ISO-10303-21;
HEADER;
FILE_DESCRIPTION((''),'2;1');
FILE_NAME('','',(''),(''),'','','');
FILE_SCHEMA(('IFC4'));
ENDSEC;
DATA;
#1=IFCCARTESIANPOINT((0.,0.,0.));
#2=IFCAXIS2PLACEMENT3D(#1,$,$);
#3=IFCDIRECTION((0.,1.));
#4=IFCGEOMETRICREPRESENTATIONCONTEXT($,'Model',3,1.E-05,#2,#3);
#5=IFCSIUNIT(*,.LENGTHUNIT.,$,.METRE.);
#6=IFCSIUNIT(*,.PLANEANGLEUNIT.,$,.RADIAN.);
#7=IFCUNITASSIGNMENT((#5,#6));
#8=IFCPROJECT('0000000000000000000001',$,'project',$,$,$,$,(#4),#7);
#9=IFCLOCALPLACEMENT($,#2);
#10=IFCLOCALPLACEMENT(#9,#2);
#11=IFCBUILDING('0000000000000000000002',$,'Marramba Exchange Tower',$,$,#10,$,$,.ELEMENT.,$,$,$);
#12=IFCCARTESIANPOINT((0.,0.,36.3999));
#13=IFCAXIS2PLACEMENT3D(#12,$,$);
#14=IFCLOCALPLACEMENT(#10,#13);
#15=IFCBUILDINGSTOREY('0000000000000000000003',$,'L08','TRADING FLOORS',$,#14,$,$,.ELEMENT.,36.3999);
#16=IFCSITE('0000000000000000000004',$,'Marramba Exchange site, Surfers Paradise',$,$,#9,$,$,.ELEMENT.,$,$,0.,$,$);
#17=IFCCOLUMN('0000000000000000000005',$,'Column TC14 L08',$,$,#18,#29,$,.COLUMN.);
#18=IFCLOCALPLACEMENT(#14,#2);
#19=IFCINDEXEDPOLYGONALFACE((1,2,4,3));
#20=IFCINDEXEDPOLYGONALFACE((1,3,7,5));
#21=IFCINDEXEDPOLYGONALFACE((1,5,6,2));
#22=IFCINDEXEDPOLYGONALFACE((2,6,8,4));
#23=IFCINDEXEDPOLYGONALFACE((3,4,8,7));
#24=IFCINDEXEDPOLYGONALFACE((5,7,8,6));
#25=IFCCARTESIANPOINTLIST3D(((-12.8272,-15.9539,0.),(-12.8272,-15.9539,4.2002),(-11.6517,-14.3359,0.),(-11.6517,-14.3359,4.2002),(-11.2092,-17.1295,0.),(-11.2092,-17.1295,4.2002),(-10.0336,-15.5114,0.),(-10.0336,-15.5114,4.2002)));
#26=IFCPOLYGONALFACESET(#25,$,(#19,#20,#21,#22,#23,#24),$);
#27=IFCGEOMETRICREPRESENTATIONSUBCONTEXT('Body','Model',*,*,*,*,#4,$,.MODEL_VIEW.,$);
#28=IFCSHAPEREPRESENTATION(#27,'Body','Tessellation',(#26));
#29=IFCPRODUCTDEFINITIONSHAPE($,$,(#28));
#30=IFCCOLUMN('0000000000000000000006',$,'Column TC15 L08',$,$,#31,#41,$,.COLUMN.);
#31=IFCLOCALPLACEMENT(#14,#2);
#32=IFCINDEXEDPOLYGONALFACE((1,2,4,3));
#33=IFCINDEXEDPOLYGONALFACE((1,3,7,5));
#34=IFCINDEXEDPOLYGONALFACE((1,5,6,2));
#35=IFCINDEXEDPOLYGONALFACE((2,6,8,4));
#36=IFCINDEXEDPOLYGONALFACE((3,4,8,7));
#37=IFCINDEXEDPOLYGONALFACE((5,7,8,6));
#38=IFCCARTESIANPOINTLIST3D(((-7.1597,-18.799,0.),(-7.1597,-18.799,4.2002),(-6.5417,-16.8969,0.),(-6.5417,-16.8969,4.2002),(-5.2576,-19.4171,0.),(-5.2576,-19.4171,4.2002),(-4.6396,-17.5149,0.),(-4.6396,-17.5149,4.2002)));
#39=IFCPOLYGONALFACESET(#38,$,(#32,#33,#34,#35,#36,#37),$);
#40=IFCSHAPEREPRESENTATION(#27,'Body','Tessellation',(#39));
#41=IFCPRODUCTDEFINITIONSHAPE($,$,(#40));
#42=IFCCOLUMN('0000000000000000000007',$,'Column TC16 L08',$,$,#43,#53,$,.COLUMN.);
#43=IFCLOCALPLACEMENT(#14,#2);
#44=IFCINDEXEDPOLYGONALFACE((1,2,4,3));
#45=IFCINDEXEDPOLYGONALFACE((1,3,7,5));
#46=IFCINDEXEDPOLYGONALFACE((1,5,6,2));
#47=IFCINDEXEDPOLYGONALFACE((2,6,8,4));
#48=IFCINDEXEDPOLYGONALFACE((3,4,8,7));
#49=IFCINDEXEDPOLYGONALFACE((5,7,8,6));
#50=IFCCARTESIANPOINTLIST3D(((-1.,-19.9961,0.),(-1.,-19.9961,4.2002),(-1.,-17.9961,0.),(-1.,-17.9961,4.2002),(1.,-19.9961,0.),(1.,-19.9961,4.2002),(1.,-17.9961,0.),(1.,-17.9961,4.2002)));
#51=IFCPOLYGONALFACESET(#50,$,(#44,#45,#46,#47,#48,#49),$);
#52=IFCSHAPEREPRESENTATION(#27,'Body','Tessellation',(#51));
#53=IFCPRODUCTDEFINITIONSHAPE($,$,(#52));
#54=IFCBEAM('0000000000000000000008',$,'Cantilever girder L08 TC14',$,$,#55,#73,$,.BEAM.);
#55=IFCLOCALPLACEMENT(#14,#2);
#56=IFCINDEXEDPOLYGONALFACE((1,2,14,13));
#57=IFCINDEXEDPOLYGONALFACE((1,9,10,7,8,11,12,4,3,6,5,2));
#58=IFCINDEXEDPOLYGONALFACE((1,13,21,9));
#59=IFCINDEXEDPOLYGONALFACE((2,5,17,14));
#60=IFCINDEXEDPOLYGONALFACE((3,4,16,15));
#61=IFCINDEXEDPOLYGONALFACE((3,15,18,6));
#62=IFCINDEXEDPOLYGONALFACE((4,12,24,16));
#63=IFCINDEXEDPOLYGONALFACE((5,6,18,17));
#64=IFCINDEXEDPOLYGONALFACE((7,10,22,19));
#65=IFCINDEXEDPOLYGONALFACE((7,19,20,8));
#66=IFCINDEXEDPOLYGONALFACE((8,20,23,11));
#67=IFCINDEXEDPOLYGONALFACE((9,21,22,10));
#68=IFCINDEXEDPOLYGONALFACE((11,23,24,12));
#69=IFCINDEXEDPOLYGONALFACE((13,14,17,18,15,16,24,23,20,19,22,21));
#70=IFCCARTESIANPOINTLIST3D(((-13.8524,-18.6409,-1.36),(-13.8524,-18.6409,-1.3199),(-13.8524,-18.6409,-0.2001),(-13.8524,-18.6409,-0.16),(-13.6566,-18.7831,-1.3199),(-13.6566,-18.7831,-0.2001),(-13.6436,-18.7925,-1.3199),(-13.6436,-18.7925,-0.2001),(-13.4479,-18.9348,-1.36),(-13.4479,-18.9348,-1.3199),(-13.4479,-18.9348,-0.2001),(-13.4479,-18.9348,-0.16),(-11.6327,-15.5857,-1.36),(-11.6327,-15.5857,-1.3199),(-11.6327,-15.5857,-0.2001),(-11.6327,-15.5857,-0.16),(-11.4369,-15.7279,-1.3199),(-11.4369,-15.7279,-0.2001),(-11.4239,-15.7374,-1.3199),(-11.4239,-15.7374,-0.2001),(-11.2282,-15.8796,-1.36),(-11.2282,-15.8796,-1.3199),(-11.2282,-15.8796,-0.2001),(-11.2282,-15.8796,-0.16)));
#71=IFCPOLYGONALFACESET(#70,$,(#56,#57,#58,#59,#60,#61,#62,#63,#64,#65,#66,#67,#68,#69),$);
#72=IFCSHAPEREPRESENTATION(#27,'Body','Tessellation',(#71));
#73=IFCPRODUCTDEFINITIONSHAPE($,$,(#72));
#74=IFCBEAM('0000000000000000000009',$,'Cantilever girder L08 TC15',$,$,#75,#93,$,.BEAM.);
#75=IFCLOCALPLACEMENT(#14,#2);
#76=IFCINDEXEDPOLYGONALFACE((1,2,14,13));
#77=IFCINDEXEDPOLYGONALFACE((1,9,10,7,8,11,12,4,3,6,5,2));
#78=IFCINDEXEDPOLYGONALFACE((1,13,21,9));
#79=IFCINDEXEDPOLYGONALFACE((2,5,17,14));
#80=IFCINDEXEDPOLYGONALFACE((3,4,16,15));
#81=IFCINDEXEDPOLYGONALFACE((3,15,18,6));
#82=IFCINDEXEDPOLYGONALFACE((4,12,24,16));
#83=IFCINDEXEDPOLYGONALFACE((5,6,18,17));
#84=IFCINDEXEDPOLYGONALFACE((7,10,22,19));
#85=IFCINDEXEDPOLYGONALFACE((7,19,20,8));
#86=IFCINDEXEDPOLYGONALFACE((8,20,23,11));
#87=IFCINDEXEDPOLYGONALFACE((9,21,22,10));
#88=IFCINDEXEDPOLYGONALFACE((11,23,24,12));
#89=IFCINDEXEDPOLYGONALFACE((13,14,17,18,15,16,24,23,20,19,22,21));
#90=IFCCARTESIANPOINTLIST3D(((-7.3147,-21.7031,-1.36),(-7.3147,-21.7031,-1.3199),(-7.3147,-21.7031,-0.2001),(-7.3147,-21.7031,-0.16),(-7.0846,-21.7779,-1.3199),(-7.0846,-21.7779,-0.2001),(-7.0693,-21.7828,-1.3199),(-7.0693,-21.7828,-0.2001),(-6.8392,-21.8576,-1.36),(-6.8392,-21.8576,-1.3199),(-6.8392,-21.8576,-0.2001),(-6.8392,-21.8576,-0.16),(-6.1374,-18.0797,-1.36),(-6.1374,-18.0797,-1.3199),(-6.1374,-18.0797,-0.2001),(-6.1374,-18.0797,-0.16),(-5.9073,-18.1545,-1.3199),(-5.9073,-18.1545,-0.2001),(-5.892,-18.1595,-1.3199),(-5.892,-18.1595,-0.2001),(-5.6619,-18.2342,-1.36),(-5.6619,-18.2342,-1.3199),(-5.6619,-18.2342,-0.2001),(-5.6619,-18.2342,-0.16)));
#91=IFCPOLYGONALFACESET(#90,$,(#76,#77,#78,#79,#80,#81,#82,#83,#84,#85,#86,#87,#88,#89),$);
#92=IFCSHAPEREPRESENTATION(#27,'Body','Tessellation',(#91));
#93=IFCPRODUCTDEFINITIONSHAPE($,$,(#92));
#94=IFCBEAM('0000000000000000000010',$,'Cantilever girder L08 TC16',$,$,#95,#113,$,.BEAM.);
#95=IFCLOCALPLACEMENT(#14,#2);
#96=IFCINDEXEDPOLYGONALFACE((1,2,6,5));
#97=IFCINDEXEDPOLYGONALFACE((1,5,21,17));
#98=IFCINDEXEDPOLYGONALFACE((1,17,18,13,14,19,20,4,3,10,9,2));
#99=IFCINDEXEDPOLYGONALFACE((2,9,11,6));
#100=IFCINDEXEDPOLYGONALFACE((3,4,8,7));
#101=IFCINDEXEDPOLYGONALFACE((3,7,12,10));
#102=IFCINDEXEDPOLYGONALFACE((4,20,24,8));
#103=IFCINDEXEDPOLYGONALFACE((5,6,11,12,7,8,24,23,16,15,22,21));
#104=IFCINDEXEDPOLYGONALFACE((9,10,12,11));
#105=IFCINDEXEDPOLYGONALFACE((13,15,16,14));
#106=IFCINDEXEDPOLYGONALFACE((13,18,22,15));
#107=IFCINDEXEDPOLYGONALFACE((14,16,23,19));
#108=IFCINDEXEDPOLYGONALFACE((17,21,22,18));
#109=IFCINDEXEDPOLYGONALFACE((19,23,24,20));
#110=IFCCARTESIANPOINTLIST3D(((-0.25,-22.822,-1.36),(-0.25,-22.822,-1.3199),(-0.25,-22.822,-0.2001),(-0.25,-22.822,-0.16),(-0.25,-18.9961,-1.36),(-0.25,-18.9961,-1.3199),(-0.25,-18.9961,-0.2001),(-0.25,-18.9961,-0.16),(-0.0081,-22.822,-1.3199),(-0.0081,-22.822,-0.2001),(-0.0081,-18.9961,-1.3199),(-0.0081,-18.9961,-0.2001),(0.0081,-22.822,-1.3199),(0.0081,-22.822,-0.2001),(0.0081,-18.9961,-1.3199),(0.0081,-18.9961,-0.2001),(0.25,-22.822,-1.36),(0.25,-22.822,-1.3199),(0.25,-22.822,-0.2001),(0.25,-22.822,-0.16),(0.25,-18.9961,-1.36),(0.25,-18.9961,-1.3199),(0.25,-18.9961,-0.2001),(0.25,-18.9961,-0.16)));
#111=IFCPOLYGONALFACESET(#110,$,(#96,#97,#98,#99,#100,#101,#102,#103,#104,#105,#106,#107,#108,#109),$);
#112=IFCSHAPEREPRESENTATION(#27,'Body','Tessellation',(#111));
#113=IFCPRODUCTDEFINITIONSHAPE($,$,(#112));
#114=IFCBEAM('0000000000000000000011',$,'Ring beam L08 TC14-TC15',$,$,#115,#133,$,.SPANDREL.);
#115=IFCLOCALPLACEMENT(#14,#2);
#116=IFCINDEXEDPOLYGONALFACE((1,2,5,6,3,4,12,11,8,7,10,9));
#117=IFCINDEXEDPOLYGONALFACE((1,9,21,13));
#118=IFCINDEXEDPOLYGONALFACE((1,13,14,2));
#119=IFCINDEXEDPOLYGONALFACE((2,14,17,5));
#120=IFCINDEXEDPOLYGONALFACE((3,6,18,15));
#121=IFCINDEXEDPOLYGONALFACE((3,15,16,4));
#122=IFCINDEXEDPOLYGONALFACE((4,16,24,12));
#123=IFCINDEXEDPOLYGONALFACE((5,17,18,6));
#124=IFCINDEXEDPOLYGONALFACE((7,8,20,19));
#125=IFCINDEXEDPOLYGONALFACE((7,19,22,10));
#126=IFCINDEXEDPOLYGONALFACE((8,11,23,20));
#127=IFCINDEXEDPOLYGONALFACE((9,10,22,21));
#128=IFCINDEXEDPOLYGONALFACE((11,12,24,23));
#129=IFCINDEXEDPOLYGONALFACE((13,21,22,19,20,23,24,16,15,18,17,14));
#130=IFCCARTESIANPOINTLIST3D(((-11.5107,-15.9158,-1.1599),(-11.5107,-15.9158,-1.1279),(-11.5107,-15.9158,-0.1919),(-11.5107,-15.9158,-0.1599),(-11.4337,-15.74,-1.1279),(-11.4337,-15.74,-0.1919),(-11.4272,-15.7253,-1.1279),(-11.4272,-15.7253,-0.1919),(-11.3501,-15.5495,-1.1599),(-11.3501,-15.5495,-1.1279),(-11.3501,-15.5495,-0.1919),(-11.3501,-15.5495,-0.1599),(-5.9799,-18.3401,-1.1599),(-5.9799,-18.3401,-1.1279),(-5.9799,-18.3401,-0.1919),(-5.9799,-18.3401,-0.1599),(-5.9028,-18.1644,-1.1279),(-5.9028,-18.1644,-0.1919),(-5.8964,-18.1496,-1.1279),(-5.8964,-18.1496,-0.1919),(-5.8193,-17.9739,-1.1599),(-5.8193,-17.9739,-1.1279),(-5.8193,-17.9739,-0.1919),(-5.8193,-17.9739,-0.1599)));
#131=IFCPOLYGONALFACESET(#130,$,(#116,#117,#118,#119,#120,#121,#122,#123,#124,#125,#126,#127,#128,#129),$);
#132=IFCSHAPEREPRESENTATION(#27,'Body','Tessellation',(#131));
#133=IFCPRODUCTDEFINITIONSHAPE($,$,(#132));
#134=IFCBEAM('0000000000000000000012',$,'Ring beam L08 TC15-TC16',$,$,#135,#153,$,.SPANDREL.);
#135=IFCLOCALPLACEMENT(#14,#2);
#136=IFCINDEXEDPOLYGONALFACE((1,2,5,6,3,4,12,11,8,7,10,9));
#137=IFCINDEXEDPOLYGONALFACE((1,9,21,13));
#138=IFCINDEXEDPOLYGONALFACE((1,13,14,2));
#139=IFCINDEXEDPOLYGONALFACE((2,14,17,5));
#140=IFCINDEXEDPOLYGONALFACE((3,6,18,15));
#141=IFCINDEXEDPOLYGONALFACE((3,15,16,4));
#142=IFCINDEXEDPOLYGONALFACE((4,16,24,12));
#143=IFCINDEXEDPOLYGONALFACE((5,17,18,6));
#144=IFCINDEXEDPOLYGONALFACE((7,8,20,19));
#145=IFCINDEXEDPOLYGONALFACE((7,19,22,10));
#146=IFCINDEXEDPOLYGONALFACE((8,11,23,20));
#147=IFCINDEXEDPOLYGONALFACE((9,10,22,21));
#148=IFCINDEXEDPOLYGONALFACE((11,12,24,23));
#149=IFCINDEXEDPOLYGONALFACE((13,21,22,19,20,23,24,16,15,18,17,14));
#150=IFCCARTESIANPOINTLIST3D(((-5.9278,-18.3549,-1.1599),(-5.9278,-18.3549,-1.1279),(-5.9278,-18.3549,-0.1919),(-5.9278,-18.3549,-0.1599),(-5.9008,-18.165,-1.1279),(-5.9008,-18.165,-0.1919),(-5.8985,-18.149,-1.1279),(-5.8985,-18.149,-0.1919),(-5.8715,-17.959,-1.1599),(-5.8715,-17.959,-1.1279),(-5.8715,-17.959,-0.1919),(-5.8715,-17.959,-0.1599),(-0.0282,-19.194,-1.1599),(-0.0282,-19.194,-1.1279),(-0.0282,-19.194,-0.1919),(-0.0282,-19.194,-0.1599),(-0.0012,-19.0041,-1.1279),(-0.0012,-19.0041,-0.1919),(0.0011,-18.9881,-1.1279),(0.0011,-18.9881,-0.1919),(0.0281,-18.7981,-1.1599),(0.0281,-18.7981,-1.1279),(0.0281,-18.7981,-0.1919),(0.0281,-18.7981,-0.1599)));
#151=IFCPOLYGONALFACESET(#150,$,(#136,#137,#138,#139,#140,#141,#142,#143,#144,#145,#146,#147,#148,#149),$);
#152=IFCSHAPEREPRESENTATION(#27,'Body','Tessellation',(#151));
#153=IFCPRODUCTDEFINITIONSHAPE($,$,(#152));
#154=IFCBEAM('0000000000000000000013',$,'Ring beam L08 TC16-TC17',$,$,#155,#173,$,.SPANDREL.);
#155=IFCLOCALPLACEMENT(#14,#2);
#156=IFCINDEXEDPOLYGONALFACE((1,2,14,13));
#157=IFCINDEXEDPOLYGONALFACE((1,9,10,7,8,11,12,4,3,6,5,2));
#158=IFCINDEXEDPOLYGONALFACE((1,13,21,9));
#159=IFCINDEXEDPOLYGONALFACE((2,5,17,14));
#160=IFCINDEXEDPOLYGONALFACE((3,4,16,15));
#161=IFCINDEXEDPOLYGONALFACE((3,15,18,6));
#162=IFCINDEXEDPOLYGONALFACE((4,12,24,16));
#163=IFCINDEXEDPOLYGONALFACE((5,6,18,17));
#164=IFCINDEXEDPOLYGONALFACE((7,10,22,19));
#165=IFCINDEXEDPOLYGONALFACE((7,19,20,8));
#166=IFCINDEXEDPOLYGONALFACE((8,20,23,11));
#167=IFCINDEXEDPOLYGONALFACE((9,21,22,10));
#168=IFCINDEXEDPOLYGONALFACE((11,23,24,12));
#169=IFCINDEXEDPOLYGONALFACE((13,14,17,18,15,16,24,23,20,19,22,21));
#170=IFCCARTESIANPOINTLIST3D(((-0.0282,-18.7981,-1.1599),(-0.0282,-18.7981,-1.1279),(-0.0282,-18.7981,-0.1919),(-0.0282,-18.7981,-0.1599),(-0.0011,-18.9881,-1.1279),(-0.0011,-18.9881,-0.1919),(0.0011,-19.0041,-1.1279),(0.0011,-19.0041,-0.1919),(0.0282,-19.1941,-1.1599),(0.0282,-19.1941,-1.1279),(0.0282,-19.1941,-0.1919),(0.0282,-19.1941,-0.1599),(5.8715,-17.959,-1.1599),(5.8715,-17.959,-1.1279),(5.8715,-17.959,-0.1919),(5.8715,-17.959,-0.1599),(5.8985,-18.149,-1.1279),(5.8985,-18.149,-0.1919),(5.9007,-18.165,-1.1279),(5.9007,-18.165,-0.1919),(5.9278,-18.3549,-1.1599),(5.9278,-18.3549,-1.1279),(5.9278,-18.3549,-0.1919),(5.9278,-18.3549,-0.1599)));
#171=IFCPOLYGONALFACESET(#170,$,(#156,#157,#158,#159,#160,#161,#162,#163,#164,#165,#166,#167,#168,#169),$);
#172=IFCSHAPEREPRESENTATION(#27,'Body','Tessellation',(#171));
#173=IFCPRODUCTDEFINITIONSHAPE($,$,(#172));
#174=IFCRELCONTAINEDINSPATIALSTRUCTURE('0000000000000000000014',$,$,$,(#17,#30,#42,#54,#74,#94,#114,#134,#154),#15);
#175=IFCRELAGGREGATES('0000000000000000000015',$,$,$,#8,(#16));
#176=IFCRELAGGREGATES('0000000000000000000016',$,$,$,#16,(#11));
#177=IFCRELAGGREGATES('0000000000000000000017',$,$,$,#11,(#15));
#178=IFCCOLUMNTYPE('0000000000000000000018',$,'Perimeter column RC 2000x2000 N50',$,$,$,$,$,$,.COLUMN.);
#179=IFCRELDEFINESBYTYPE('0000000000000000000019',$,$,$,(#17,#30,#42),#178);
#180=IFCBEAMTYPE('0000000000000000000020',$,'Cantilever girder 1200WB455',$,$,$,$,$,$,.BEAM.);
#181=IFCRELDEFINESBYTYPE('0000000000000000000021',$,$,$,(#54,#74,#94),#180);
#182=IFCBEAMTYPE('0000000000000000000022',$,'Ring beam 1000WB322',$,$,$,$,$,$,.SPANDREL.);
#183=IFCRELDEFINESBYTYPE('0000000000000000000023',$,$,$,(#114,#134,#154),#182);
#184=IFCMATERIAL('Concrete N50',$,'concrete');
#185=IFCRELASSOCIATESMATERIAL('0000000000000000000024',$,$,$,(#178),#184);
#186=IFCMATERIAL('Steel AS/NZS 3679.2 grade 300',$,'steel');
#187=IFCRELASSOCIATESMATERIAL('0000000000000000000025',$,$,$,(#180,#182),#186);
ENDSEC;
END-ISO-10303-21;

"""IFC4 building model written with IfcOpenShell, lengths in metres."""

from ifc_helpers import new_model, si_unit, direction, frame, origin, origin_2d, place, context, subcontext, project, spatial, rectangle, i_section, extrude, material, material_profile, profile_set, type_object, element, save


model = new_model("IFC4")

# Units and contexts
model_context = context("Model", 3, precision=1e-05, world=origin(), true_north=direction((0.0, 1.0)))
body_context = subcontext(model_context, "Body", "Model", "MODEL_VIEW")
ifc_project = project(units=[si_unit("LENGTHUNIT", "METRE"), si_unit("PLANEANGLEUNIT", "RADIAN")], contexts=[model_context])

# Site, building, storey
site_placement = place(None, origin())
site = spatial("IfcSite", under=ifc_project, at=site_placement, Name="Marramba Exchange site, Surfers Paradise", CompositionType="ELEMENT", RefElevation=0.0)
building_placement = place(site_placement, origin())
building = spatial("IfcBuilding", under=site, at=building_placement, Name="Marramba Exchange Tower", CompositionType="ELEMENT")
storey_placement = place(building_placement, frame((0.0, 0.0, 36.3999)))
storey = spatial("IfcBuildingStorey", under=building, at=storey_placement, Name="L08", Description="TRADING FLOORS", CompositionType="ELEMENT", Elevation=36.3999)

# Columns
ifc_material_1 = material(Name="Concrete N50", Category="concrete")
ifc_material_profile_1 = material_profile(ifc_material_1, rectangle(XDim=2.0, YDim=2.0, at=origin_2d()), Name="RC 2000x2000")
ifc_profile_set_1 = profile_set([ifc_material_profile_1], Name="Concrete N50")
column_type = type_object("IfcColumnType", Name="Perimeter column RC 2000x2000 N50", PredefinedType="COLUMN", material=ifc_profile_set_1)
for number, where, z_axis, x_axis, name in (
    (1, (-11.4304, -15.7327, 0.0), (0.0, 0.0, 1.0), (-0.587785, -0.809017, 0.0), "Column TC14 L08"),
    (2, (-5.8997, -18.157, 0.0), (0.0, 0.0, 1.0), (-0.309017, -0.951057, 0.0), "Column TC15 L08"),
    (3, (0.0, -18.9961, 0.0), (0.0, 0.0, 1.0), (0.0, -1.0, 0.0), "Column TC16 L08"),
):
    element("IfcColumn", number, at=place(storey_placement, frame(where, z_axis=z_axis, x_axis=x_axis)), inside=storey, type_object=column_type, Name=name, PredefinedType="COLUMN", context=body_context, shape_type="SweptSolid", body=[
        extrude(rectangle(XDim=2.0, YDim=2.0, at=origin_2d()), origin(), (0.0, 0.0, 1.0), 4.2002),
    ])

# Beams
ifc_material_2 = material(Name="Steel AS/NZS 3679.2 grade 300", Category="steel")
ifc_material_profile_2 = material_profile(ifc_material_2, i_section(OverallWidth=0.5, OverallDepth=1.2, WebThickness=0.0161, FlangeThickness=0.04, at=origin_2d()), Name="1200WB455")
ifc_profile_set_2 = profile_set([ifc_material_profile_2], Name="Steel AS/NZS 3679.2 grade 300")
beam_type_1 = type_object("IfcBeamType", Name="Cantilever girder 1200WB455", PredefinedType="BEAM", material=ifc_profile_set_2)
beam_1_placement = place(storey_placement, frame((-11.4304, -15.7327, -0.76), z_axis=(-0.587787, -0.809016, 0.0), x_axis=(0.809016, -0.587787, 0.0)))
element("IfcBeam", 4, at=beam_1_placement, inside=storey, type_object=beam_type_1, Name="Cantilever girder L08 TC14", PredefinedType="BEAM", context=body_context, shape_type="SweptSolid", body=[
    extrude(i_section(OverallWidth=0.5, OverallDepth=1.2, WebThickness=0.0161, FlangeThickness=0.04, at=origin_2d()), origin(), (0.0, 0.0, 1.0), 3.7764),
])
beam_2_placement = place(storey_placement, frame((-5.8997, -18.157, -0.76), z_axis=(-0.309009, -0.951059, 0.0), x_axis=(0.951059, -0.309009, 0.0)))
element("IfcBeam", 5, at=beam_2_placement, inside=storey, type_object=beam_type_1, Name="Cantilever girder L08 TC15", PredefinedType="BEAM", context=body_context, shape_type="SweptSolid", body=[
    extrude(i_section(OverallWidth=0.5, OverallDepth=1.2, WebThickness=0.0161, FlangeThickness=0.04, at=origin_2d()), origin(), (0.0, 0.0, 1.0), 3.8098),
])
beam_3_placement = place(storey_placement, frame((0.0, -18.9961, -0.76), z_axis=(0.0, -1.0, 0.0), x_axis=(1.0, 0.0, 0.0)))
element("IfcBeam", 6, at=beam_3_placement, inside=storey, type_object=beam_type_1, Name="Cantilever girder L08 TC16", PredefinedType="BEAM", context=body_context, shape_type="SweptSolid", body=[
    extrude(i_section(OverallWidth=0.5, OverallDepth=1.2, WebThickness=0.0161, FlangeThickness=0.04, at=origin_2d()), origin(), (0.0, 0.0, 1.0), 3.8259),
])
ifc_material_profile_3 = material_profile(ifc_material_2, i_section(OverallWidth=0.3999, OverallDepth=1.0, WebThickness=0.0161, FlangeThickness=0.032, at=origin_2d()), Name="1000WB322")
ifc_profile_set_3 = profile_set([ifc_material_profile_3], Name="Steel AS/NZS 3679.2 grade 300")
beam_type_2 = type_object("IfcBeamType", Name="Ring beam 1000WB322", PredefinedType="SPANDREL", material=ifc_profile_set_3)
beam_4_placement = place(storey_placement, frame((-11.4304, -15.7327, -0.6599), z_axis=(0.915877, -0.401459, 0.0), x_axis=(0.401459, 0.915877, 0.0)))
element("IfcBeam", 7, at=beam_4_placement, inside=storey, type_object=beam_type_2, Name="Ring beam L08 TC14-TC15", PredefinedType="SPANDREL", context=body_context, shape_type="SweptSolid", body=[
    extrude(i_section(OverallWidth=0.3999, OverallDepth=1.0, WebThickness=0.0161, FlangeThickness=0.032, at=origin_2d()), origin(), (0.0, 0.0, 1.0), 6.0388),
])
for number, where, z_axis, x_axis, name in (
    (8, (-5.8997, -18.157, -0.6599), (0.990036, -0.140813, 0.0), (0.140813, 0.990036, 0.0), "Ring beam L08 TC15-TC16"),
    (9, (0.0, -18.9961, -0.6599), (0.990036, 0.140813, 0.0), (-0.140813, 0.990036, 0.0), "Ring beam L08 TC16-TC17"),
):
    element("IfcBeam", number, at=place(storey_placement, frame(where, z_axis=z_axis, x_axis=x_axis)), inside=storey, type_object=beam_type_2, Name=name, PredefinedType="SPANDREL", context=body_context, shape_type="SweptSolid", body=[
        extrude(i_section(OverallWidth=0.3999, OverallDepth=1.0, WebThickness=0.0161, FlangeThickness=0.032, at=origin_2d()), origin(), (0.0, 0.0, 1.0), 5.959),
    ])

save(model, "model.ifc")
